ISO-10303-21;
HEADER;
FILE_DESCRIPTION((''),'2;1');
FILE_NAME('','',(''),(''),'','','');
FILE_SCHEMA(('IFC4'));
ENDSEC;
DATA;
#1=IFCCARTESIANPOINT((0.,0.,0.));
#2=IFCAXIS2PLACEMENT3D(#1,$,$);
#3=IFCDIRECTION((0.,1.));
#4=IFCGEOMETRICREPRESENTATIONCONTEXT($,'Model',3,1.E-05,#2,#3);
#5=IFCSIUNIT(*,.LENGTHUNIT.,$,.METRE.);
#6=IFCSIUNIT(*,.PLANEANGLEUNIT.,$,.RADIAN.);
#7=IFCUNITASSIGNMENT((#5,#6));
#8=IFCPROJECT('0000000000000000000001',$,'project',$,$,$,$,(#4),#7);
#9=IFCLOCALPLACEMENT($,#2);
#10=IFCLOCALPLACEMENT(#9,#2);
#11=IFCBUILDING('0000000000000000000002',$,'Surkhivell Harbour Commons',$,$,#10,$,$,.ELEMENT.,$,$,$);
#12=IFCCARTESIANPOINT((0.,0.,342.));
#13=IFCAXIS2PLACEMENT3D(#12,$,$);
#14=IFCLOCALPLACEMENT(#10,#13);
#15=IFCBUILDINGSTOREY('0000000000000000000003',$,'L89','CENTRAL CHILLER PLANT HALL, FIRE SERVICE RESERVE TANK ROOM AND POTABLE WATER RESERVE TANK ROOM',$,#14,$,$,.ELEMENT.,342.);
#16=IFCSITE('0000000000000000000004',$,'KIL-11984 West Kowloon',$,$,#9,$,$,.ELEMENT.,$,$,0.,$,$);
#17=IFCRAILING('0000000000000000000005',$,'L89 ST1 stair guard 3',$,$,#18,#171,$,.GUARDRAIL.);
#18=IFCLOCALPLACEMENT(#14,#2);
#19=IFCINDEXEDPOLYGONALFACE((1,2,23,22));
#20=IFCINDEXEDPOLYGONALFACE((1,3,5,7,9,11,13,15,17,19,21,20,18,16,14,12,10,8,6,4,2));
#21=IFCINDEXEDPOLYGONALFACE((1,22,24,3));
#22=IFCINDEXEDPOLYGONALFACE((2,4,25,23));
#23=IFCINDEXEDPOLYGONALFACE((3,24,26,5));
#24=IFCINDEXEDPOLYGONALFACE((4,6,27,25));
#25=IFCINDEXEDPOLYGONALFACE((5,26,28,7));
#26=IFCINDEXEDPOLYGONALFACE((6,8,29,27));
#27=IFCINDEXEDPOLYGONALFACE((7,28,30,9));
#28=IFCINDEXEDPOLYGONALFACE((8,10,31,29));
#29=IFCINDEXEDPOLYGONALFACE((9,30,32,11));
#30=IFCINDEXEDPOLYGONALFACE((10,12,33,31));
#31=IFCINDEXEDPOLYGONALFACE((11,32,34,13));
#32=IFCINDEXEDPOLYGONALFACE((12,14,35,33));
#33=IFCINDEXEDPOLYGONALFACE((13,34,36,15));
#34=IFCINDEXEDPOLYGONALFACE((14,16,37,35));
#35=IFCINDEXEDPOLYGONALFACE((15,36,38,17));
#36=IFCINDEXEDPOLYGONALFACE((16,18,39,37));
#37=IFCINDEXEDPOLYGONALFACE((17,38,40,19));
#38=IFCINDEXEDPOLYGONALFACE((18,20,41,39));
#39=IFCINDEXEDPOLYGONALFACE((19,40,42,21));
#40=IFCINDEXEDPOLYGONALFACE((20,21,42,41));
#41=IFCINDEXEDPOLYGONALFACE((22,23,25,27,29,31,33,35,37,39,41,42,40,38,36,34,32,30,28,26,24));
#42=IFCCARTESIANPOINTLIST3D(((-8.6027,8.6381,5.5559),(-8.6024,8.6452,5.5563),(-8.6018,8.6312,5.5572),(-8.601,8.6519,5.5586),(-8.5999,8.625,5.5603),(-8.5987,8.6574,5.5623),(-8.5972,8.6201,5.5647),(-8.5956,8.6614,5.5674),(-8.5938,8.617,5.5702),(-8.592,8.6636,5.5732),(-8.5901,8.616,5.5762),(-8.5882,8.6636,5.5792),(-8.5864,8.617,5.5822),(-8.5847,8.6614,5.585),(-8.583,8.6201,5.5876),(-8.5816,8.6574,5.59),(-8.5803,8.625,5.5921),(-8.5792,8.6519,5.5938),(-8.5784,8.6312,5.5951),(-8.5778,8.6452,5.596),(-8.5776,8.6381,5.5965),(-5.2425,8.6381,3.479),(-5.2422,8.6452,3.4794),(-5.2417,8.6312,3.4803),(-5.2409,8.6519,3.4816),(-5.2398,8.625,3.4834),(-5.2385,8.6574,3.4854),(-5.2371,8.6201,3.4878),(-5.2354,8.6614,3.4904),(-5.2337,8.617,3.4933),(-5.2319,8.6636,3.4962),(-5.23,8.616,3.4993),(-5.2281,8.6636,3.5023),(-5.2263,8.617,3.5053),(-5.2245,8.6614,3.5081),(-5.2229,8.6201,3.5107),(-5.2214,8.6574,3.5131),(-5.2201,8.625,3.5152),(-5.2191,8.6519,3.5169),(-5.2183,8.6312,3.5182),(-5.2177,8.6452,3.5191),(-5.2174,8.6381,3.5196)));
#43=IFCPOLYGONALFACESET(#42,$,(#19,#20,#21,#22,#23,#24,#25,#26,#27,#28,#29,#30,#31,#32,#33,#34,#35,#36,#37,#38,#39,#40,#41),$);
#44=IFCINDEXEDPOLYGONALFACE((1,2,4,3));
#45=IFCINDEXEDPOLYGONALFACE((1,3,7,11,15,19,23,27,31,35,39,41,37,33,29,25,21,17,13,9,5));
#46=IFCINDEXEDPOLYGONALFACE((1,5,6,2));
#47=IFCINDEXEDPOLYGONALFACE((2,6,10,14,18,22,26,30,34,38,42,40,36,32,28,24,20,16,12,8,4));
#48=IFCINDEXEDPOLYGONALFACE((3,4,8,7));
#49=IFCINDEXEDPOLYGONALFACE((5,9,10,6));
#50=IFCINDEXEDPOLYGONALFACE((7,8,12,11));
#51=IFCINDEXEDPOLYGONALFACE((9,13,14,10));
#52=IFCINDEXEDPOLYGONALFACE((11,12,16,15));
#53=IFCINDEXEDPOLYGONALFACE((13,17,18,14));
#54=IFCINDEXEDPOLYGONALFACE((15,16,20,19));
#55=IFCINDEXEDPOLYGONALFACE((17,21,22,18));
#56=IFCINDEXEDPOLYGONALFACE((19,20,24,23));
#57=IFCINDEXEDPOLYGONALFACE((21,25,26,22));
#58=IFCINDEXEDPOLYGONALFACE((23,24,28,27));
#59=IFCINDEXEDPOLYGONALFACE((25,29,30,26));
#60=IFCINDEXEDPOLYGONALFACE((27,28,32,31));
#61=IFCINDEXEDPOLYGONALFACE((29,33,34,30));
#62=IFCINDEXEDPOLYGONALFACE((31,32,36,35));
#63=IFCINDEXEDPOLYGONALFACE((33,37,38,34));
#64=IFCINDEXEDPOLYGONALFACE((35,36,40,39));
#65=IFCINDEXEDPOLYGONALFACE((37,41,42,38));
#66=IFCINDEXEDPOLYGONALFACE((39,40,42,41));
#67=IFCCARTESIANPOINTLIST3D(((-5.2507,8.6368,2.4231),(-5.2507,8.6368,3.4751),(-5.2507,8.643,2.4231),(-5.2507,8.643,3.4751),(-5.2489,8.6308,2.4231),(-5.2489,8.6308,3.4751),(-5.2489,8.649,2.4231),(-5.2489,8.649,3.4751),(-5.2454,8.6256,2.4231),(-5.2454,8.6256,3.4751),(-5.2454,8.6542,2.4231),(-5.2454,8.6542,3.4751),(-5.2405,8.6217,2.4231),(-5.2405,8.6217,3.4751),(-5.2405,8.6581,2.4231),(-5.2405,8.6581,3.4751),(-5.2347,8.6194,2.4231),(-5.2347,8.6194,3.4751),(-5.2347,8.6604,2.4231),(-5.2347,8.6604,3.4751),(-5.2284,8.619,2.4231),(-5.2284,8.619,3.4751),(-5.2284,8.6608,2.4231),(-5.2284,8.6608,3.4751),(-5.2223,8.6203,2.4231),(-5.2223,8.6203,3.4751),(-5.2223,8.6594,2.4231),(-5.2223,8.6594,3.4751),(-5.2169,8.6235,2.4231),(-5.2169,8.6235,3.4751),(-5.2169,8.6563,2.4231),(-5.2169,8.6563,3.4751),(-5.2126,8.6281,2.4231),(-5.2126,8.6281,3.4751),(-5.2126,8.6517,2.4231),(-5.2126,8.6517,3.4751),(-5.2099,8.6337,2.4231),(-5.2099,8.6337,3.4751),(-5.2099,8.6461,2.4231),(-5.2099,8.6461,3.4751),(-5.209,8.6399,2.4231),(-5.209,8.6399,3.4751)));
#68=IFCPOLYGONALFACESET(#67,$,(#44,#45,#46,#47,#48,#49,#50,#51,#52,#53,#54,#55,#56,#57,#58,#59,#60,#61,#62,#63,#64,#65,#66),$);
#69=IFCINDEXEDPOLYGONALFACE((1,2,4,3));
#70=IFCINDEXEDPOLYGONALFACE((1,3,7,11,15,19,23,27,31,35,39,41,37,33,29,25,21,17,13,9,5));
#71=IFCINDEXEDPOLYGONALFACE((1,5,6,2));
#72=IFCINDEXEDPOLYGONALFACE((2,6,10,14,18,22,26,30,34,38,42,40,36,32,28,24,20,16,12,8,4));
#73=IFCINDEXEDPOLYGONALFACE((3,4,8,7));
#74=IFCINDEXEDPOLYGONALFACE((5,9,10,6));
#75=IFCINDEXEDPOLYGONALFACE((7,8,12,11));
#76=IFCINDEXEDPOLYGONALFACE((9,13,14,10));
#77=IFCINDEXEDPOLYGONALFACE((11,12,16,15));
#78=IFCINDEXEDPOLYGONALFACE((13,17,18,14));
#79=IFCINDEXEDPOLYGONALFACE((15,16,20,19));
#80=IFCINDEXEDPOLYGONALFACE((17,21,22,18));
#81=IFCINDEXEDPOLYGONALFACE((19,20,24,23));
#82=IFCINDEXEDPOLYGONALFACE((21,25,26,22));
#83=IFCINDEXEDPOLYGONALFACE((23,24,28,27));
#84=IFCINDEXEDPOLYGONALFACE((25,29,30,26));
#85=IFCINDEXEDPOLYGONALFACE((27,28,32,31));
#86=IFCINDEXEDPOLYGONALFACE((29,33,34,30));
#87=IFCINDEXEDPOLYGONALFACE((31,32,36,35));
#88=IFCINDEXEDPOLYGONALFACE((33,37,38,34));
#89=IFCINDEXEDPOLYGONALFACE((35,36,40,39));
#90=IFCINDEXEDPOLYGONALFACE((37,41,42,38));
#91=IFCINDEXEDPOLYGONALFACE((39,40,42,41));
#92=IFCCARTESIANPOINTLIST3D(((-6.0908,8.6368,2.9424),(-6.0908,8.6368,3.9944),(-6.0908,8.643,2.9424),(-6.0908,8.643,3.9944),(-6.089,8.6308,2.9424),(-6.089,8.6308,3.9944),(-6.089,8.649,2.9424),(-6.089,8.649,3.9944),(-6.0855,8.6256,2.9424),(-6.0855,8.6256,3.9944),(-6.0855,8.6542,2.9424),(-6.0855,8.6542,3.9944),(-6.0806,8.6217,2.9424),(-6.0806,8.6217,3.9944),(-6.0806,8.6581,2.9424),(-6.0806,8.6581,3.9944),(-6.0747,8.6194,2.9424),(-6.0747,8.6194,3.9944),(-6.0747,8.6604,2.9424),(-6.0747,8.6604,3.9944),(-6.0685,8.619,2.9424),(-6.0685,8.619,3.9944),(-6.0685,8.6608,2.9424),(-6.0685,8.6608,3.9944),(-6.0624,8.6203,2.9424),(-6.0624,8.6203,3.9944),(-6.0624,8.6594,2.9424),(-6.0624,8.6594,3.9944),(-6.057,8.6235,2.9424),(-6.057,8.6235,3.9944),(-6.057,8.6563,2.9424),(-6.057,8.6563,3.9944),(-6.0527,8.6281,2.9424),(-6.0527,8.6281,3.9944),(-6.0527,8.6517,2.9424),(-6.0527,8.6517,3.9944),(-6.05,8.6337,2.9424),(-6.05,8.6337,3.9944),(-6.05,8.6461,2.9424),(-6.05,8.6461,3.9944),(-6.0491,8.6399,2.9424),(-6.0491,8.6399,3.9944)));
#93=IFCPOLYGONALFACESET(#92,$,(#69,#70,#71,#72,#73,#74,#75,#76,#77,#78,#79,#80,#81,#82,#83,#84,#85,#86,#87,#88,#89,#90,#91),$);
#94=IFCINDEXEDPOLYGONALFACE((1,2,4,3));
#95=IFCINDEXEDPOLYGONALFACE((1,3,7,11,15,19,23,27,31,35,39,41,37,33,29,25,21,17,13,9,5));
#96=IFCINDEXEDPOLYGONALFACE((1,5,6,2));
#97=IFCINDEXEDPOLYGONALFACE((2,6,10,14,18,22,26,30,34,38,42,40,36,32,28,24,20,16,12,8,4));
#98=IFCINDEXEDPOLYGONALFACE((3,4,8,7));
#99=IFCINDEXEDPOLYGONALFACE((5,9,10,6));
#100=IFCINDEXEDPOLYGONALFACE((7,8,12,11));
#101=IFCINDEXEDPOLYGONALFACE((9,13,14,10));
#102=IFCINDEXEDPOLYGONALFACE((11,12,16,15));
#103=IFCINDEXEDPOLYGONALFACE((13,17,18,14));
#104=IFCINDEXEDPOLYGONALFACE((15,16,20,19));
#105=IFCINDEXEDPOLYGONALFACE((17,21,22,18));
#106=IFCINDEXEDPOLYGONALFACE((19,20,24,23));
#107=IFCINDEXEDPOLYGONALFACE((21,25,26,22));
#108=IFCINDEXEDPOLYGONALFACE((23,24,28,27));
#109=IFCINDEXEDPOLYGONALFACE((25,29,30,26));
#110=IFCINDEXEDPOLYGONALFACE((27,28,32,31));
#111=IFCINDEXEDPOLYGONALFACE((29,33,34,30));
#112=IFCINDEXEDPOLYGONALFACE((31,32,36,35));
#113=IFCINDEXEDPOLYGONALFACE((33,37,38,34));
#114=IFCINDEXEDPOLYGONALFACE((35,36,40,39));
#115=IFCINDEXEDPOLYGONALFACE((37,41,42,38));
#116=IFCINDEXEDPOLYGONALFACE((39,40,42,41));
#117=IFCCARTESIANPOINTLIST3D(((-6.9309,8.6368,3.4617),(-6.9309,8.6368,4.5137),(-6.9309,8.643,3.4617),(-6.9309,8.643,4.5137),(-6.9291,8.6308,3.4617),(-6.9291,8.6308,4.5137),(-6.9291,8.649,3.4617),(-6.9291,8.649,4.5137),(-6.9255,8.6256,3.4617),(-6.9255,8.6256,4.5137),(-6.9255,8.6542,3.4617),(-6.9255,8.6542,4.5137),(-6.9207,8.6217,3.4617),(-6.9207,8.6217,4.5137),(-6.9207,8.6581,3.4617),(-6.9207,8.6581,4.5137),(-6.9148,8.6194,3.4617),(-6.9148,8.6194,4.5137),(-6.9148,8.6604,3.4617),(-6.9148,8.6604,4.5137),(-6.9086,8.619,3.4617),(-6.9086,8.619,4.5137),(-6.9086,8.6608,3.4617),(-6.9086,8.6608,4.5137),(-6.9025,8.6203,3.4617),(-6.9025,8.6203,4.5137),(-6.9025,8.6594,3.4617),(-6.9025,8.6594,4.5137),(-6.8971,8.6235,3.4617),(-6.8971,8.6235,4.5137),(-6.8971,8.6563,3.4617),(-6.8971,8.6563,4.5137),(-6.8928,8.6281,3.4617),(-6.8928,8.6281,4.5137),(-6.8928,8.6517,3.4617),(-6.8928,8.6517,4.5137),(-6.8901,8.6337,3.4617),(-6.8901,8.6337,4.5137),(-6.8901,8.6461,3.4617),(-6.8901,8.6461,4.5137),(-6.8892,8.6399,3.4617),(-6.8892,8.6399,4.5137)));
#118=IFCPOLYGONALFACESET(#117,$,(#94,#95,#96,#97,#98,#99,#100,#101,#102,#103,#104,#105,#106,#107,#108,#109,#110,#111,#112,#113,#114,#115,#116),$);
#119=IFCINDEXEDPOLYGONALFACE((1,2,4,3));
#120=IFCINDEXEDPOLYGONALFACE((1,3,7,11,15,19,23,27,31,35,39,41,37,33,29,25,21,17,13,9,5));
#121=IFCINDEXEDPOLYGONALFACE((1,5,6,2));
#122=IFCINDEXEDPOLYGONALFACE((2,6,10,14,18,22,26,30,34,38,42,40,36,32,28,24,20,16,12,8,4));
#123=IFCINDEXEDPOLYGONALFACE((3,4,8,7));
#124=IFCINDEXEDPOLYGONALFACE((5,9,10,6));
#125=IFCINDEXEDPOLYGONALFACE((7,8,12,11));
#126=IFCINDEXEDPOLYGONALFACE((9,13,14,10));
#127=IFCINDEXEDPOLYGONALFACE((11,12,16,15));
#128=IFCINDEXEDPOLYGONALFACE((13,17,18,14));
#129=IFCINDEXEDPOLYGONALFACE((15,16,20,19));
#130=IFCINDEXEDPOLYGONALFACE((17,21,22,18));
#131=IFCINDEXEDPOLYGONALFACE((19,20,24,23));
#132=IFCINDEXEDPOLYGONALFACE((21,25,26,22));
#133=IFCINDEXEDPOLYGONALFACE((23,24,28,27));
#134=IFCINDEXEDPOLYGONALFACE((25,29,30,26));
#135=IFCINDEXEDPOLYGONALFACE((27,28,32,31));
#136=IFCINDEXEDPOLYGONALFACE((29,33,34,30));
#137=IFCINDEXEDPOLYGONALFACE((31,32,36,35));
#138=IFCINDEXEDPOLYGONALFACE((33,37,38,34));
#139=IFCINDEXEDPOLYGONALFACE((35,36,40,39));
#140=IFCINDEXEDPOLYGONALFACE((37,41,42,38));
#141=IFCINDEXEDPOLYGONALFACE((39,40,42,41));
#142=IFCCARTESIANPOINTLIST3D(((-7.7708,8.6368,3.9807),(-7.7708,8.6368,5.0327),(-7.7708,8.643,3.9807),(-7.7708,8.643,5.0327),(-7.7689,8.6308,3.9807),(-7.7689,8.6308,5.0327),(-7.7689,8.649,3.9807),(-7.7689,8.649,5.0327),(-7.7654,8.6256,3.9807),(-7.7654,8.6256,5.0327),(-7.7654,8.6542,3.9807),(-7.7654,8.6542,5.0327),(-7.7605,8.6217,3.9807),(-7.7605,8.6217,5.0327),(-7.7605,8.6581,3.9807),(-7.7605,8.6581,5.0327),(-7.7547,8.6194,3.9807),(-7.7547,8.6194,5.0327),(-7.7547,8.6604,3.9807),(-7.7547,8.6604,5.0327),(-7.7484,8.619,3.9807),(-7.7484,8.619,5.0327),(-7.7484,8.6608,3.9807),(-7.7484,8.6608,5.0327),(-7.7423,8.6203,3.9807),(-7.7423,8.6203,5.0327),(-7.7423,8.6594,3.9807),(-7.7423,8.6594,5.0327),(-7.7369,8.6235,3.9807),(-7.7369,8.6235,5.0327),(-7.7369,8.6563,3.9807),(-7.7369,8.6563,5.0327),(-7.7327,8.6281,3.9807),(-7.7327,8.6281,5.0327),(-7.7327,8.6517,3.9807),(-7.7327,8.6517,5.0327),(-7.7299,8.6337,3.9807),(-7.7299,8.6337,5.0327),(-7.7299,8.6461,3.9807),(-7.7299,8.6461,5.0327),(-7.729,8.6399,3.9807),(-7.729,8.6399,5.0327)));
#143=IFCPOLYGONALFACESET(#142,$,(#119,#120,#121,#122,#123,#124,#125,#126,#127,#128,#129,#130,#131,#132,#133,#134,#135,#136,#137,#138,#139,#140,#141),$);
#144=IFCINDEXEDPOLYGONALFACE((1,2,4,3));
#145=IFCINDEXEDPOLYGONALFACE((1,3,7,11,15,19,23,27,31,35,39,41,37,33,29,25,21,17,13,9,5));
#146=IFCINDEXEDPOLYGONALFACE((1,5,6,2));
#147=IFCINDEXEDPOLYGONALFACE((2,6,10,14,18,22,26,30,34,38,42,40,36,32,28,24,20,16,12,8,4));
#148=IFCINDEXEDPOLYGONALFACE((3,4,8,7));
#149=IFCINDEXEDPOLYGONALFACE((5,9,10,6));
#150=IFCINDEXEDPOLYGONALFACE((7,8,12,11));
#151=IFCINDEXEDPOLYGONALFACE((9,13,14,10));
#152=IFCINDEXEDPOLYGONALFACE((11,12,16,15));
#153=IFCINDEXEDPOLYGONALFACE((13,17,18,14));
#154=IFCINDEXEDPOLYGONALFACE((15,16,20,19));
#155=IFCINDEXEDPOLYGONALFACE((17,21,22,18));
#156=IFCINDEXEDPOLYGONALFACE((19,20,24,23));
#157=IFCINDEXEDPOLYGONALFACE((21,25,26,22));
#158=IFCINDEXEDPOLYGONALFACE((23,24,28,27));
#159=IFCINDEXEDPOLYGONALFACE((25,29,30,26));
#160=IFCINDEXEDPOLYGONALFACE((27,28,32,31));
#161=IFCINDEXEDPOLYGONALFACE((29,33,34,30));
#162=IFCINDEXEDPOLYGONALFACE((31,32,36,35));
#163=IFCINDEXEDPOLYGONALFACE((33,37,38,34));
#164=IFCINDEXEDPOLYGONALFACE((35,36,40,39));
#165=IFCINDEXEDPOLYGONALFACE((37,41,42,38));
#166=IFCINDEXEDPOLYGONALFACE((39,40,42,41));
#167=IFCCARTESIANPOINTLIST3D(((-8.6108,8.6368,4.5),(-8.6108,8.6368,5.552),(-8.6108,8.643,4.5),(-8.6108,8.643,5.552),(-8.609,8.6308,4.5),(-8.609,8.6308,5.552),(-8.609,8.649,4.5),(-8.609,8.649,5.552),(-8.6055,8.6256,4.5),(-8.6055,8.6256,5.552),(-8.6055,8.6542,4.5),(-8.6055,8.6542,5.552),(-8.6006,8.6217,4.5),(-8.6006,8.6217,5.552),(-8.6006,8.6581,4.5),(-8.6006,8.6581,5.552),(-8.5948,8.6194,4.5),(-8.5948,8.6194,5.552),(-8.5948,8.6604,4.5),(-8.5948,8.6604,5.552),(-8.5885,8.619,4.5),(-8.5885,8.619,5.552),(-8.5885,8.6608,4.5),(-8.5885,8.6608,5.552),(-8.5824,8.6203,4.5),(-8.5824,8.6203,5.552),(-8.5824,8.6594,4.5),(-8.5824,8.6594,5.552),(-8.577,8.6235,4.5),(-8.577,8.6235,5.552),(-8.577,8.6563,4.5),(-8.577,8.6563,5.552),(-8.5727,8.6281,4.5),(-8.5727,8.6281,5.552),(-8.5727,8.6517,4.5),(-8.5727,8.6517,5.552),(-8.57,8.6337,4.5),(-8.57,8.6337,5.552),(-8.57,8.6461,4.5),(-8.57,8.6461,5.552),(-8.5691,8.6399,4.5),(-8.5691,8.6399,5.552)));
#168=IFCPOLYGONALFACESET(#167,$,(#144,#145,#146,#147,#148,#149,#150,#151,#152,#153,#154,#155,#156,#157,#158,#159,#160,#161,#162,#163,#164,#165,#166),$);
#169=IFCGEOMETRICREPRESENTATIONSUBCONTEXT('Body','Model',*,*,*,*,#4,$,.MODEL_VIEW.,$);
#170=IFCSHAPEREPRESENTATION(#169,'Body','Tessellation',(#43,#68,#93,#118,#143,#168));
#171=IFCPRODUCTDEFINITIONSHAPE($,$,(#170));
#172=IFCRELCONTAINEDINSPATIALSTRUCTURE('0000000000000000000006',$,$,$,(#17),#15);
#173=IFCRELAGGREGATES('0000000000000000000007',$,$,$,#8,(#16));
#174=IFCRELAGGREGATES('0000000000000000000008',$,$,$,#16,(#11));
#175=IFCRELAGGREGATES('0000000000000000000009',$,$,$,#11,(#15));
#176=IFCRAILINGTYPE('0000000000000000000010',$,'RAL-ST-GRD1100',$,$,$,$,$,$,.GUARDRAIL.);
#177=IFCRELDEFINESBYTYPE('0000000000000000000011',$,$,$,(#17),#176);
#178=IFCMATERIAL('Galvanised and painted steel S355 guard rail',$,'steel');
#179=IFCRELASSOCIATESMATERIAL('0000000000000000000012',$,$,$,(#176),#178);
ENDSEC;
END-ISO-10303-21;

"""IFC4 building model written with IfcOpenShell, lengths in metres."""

from ifc_helpers import new_model, si_unit, direction, frame, origin, origin_2d, place, context, subcontext, project, spatial, circle, extrude, material, type_object, element, save


model = new_model("IFC4")

# Units and contexts
model_context = context("Model", 3, precision=1e-05, world=origin(), true_north=direction((0.0, 1.0)))
body_context = subcontext(model_context, "Body", "Model", "MODEL_VIEW")
ifc_project = project(units=[si_unit("LENGTHUNIT", "METRE"), si_unit("PLANEANGLEUNIT", "RADIAN")], contexts=[model_context])

# Site, building, storey
site_placement = place(None, origin())
site = spatial("IfcSite", under=ifc_project, at=site_placement, Name="KIL-11984 West Kowloon", CompositionType="ELEMENT", RefElevation=0.0)
building_placement = place(site_placement, origin())
building = spatial("IfcBuilding", under=site, at=building_placement, Name="Surkhivell Harbour Commons", CompositionType="ELEMENT")
storey_placement = place(building_placement, frame((0.0, 0.0, 342.0)))
storey = spatial("IfcBuildingStorey", under=building, at=storey_placement, Name="L89", Description="CENTRAL CHILLER PLANT HALL, FIRE SERVICE RESERVE TANK ROOM AND POTABLE WATER RESERVE TANK ROOM", CompositionType="ELEMENT", Elevation=342.0)

# Railing
ifc_material_1 = material(Name="Galvanised and painted steel S355 guard rail", Category="steel")
railing_type_1 = type_object("IfcRailingType", Name="RAL-ST-GRD1100", PredefinedType="GUARDRAIL", material=ifc_material_1)
railing_1_placement = place(storey_placement, frame((-5.23, 8.6399, 2.4231)))
element("IfcRailing", 1, at=railing_1_placement, inside=storey, type_object=railing_type_1, Name="L89 ST1 stair guard 3", PredefinedType="GUARDRAIL", context=body_context, shape_type="SweptSolid", body=[
    extrude(circle(Radius=0.0239, at=origin_2d()), frame((0.0, 0.0, 1.0762), z_axis=(-0.850623, 0.0, 0.525776), x_axis=(0.0, -1.0, 0.0)), (0.0, 0.0, 1.0), 3.9502),
    extrude(circle(Radius=0.021, at=origin_2d()), origin(), (0.0, 0.0, 1.0), 1.052),
    extrude(circle(Radius=0.021, at=origin_2d()), frame((-0.8401, 0.0, 0.5193)), (0.0, 0.0, 1.0), 1.052),
    extrude(circle(Radius=0.021, at=origin_2d()), frame((-1.6802, 0.0, 1.0386)), (0.0, 0.0, 1.0), 1.052),
    extrude(circle(Radius=0.021, at=origin_2d()), frame((-2.52, 0.0, 1.5576)), (0.0, 0.0, 1.0), 1.052),
    extrude(circle(Radius=0.021, at=origin_2d()), frame((-3.3601, 0.0, 2.0769)), (0.0, 0.0, 1.0), 1.052),
])

save(model, "model.ifc")
